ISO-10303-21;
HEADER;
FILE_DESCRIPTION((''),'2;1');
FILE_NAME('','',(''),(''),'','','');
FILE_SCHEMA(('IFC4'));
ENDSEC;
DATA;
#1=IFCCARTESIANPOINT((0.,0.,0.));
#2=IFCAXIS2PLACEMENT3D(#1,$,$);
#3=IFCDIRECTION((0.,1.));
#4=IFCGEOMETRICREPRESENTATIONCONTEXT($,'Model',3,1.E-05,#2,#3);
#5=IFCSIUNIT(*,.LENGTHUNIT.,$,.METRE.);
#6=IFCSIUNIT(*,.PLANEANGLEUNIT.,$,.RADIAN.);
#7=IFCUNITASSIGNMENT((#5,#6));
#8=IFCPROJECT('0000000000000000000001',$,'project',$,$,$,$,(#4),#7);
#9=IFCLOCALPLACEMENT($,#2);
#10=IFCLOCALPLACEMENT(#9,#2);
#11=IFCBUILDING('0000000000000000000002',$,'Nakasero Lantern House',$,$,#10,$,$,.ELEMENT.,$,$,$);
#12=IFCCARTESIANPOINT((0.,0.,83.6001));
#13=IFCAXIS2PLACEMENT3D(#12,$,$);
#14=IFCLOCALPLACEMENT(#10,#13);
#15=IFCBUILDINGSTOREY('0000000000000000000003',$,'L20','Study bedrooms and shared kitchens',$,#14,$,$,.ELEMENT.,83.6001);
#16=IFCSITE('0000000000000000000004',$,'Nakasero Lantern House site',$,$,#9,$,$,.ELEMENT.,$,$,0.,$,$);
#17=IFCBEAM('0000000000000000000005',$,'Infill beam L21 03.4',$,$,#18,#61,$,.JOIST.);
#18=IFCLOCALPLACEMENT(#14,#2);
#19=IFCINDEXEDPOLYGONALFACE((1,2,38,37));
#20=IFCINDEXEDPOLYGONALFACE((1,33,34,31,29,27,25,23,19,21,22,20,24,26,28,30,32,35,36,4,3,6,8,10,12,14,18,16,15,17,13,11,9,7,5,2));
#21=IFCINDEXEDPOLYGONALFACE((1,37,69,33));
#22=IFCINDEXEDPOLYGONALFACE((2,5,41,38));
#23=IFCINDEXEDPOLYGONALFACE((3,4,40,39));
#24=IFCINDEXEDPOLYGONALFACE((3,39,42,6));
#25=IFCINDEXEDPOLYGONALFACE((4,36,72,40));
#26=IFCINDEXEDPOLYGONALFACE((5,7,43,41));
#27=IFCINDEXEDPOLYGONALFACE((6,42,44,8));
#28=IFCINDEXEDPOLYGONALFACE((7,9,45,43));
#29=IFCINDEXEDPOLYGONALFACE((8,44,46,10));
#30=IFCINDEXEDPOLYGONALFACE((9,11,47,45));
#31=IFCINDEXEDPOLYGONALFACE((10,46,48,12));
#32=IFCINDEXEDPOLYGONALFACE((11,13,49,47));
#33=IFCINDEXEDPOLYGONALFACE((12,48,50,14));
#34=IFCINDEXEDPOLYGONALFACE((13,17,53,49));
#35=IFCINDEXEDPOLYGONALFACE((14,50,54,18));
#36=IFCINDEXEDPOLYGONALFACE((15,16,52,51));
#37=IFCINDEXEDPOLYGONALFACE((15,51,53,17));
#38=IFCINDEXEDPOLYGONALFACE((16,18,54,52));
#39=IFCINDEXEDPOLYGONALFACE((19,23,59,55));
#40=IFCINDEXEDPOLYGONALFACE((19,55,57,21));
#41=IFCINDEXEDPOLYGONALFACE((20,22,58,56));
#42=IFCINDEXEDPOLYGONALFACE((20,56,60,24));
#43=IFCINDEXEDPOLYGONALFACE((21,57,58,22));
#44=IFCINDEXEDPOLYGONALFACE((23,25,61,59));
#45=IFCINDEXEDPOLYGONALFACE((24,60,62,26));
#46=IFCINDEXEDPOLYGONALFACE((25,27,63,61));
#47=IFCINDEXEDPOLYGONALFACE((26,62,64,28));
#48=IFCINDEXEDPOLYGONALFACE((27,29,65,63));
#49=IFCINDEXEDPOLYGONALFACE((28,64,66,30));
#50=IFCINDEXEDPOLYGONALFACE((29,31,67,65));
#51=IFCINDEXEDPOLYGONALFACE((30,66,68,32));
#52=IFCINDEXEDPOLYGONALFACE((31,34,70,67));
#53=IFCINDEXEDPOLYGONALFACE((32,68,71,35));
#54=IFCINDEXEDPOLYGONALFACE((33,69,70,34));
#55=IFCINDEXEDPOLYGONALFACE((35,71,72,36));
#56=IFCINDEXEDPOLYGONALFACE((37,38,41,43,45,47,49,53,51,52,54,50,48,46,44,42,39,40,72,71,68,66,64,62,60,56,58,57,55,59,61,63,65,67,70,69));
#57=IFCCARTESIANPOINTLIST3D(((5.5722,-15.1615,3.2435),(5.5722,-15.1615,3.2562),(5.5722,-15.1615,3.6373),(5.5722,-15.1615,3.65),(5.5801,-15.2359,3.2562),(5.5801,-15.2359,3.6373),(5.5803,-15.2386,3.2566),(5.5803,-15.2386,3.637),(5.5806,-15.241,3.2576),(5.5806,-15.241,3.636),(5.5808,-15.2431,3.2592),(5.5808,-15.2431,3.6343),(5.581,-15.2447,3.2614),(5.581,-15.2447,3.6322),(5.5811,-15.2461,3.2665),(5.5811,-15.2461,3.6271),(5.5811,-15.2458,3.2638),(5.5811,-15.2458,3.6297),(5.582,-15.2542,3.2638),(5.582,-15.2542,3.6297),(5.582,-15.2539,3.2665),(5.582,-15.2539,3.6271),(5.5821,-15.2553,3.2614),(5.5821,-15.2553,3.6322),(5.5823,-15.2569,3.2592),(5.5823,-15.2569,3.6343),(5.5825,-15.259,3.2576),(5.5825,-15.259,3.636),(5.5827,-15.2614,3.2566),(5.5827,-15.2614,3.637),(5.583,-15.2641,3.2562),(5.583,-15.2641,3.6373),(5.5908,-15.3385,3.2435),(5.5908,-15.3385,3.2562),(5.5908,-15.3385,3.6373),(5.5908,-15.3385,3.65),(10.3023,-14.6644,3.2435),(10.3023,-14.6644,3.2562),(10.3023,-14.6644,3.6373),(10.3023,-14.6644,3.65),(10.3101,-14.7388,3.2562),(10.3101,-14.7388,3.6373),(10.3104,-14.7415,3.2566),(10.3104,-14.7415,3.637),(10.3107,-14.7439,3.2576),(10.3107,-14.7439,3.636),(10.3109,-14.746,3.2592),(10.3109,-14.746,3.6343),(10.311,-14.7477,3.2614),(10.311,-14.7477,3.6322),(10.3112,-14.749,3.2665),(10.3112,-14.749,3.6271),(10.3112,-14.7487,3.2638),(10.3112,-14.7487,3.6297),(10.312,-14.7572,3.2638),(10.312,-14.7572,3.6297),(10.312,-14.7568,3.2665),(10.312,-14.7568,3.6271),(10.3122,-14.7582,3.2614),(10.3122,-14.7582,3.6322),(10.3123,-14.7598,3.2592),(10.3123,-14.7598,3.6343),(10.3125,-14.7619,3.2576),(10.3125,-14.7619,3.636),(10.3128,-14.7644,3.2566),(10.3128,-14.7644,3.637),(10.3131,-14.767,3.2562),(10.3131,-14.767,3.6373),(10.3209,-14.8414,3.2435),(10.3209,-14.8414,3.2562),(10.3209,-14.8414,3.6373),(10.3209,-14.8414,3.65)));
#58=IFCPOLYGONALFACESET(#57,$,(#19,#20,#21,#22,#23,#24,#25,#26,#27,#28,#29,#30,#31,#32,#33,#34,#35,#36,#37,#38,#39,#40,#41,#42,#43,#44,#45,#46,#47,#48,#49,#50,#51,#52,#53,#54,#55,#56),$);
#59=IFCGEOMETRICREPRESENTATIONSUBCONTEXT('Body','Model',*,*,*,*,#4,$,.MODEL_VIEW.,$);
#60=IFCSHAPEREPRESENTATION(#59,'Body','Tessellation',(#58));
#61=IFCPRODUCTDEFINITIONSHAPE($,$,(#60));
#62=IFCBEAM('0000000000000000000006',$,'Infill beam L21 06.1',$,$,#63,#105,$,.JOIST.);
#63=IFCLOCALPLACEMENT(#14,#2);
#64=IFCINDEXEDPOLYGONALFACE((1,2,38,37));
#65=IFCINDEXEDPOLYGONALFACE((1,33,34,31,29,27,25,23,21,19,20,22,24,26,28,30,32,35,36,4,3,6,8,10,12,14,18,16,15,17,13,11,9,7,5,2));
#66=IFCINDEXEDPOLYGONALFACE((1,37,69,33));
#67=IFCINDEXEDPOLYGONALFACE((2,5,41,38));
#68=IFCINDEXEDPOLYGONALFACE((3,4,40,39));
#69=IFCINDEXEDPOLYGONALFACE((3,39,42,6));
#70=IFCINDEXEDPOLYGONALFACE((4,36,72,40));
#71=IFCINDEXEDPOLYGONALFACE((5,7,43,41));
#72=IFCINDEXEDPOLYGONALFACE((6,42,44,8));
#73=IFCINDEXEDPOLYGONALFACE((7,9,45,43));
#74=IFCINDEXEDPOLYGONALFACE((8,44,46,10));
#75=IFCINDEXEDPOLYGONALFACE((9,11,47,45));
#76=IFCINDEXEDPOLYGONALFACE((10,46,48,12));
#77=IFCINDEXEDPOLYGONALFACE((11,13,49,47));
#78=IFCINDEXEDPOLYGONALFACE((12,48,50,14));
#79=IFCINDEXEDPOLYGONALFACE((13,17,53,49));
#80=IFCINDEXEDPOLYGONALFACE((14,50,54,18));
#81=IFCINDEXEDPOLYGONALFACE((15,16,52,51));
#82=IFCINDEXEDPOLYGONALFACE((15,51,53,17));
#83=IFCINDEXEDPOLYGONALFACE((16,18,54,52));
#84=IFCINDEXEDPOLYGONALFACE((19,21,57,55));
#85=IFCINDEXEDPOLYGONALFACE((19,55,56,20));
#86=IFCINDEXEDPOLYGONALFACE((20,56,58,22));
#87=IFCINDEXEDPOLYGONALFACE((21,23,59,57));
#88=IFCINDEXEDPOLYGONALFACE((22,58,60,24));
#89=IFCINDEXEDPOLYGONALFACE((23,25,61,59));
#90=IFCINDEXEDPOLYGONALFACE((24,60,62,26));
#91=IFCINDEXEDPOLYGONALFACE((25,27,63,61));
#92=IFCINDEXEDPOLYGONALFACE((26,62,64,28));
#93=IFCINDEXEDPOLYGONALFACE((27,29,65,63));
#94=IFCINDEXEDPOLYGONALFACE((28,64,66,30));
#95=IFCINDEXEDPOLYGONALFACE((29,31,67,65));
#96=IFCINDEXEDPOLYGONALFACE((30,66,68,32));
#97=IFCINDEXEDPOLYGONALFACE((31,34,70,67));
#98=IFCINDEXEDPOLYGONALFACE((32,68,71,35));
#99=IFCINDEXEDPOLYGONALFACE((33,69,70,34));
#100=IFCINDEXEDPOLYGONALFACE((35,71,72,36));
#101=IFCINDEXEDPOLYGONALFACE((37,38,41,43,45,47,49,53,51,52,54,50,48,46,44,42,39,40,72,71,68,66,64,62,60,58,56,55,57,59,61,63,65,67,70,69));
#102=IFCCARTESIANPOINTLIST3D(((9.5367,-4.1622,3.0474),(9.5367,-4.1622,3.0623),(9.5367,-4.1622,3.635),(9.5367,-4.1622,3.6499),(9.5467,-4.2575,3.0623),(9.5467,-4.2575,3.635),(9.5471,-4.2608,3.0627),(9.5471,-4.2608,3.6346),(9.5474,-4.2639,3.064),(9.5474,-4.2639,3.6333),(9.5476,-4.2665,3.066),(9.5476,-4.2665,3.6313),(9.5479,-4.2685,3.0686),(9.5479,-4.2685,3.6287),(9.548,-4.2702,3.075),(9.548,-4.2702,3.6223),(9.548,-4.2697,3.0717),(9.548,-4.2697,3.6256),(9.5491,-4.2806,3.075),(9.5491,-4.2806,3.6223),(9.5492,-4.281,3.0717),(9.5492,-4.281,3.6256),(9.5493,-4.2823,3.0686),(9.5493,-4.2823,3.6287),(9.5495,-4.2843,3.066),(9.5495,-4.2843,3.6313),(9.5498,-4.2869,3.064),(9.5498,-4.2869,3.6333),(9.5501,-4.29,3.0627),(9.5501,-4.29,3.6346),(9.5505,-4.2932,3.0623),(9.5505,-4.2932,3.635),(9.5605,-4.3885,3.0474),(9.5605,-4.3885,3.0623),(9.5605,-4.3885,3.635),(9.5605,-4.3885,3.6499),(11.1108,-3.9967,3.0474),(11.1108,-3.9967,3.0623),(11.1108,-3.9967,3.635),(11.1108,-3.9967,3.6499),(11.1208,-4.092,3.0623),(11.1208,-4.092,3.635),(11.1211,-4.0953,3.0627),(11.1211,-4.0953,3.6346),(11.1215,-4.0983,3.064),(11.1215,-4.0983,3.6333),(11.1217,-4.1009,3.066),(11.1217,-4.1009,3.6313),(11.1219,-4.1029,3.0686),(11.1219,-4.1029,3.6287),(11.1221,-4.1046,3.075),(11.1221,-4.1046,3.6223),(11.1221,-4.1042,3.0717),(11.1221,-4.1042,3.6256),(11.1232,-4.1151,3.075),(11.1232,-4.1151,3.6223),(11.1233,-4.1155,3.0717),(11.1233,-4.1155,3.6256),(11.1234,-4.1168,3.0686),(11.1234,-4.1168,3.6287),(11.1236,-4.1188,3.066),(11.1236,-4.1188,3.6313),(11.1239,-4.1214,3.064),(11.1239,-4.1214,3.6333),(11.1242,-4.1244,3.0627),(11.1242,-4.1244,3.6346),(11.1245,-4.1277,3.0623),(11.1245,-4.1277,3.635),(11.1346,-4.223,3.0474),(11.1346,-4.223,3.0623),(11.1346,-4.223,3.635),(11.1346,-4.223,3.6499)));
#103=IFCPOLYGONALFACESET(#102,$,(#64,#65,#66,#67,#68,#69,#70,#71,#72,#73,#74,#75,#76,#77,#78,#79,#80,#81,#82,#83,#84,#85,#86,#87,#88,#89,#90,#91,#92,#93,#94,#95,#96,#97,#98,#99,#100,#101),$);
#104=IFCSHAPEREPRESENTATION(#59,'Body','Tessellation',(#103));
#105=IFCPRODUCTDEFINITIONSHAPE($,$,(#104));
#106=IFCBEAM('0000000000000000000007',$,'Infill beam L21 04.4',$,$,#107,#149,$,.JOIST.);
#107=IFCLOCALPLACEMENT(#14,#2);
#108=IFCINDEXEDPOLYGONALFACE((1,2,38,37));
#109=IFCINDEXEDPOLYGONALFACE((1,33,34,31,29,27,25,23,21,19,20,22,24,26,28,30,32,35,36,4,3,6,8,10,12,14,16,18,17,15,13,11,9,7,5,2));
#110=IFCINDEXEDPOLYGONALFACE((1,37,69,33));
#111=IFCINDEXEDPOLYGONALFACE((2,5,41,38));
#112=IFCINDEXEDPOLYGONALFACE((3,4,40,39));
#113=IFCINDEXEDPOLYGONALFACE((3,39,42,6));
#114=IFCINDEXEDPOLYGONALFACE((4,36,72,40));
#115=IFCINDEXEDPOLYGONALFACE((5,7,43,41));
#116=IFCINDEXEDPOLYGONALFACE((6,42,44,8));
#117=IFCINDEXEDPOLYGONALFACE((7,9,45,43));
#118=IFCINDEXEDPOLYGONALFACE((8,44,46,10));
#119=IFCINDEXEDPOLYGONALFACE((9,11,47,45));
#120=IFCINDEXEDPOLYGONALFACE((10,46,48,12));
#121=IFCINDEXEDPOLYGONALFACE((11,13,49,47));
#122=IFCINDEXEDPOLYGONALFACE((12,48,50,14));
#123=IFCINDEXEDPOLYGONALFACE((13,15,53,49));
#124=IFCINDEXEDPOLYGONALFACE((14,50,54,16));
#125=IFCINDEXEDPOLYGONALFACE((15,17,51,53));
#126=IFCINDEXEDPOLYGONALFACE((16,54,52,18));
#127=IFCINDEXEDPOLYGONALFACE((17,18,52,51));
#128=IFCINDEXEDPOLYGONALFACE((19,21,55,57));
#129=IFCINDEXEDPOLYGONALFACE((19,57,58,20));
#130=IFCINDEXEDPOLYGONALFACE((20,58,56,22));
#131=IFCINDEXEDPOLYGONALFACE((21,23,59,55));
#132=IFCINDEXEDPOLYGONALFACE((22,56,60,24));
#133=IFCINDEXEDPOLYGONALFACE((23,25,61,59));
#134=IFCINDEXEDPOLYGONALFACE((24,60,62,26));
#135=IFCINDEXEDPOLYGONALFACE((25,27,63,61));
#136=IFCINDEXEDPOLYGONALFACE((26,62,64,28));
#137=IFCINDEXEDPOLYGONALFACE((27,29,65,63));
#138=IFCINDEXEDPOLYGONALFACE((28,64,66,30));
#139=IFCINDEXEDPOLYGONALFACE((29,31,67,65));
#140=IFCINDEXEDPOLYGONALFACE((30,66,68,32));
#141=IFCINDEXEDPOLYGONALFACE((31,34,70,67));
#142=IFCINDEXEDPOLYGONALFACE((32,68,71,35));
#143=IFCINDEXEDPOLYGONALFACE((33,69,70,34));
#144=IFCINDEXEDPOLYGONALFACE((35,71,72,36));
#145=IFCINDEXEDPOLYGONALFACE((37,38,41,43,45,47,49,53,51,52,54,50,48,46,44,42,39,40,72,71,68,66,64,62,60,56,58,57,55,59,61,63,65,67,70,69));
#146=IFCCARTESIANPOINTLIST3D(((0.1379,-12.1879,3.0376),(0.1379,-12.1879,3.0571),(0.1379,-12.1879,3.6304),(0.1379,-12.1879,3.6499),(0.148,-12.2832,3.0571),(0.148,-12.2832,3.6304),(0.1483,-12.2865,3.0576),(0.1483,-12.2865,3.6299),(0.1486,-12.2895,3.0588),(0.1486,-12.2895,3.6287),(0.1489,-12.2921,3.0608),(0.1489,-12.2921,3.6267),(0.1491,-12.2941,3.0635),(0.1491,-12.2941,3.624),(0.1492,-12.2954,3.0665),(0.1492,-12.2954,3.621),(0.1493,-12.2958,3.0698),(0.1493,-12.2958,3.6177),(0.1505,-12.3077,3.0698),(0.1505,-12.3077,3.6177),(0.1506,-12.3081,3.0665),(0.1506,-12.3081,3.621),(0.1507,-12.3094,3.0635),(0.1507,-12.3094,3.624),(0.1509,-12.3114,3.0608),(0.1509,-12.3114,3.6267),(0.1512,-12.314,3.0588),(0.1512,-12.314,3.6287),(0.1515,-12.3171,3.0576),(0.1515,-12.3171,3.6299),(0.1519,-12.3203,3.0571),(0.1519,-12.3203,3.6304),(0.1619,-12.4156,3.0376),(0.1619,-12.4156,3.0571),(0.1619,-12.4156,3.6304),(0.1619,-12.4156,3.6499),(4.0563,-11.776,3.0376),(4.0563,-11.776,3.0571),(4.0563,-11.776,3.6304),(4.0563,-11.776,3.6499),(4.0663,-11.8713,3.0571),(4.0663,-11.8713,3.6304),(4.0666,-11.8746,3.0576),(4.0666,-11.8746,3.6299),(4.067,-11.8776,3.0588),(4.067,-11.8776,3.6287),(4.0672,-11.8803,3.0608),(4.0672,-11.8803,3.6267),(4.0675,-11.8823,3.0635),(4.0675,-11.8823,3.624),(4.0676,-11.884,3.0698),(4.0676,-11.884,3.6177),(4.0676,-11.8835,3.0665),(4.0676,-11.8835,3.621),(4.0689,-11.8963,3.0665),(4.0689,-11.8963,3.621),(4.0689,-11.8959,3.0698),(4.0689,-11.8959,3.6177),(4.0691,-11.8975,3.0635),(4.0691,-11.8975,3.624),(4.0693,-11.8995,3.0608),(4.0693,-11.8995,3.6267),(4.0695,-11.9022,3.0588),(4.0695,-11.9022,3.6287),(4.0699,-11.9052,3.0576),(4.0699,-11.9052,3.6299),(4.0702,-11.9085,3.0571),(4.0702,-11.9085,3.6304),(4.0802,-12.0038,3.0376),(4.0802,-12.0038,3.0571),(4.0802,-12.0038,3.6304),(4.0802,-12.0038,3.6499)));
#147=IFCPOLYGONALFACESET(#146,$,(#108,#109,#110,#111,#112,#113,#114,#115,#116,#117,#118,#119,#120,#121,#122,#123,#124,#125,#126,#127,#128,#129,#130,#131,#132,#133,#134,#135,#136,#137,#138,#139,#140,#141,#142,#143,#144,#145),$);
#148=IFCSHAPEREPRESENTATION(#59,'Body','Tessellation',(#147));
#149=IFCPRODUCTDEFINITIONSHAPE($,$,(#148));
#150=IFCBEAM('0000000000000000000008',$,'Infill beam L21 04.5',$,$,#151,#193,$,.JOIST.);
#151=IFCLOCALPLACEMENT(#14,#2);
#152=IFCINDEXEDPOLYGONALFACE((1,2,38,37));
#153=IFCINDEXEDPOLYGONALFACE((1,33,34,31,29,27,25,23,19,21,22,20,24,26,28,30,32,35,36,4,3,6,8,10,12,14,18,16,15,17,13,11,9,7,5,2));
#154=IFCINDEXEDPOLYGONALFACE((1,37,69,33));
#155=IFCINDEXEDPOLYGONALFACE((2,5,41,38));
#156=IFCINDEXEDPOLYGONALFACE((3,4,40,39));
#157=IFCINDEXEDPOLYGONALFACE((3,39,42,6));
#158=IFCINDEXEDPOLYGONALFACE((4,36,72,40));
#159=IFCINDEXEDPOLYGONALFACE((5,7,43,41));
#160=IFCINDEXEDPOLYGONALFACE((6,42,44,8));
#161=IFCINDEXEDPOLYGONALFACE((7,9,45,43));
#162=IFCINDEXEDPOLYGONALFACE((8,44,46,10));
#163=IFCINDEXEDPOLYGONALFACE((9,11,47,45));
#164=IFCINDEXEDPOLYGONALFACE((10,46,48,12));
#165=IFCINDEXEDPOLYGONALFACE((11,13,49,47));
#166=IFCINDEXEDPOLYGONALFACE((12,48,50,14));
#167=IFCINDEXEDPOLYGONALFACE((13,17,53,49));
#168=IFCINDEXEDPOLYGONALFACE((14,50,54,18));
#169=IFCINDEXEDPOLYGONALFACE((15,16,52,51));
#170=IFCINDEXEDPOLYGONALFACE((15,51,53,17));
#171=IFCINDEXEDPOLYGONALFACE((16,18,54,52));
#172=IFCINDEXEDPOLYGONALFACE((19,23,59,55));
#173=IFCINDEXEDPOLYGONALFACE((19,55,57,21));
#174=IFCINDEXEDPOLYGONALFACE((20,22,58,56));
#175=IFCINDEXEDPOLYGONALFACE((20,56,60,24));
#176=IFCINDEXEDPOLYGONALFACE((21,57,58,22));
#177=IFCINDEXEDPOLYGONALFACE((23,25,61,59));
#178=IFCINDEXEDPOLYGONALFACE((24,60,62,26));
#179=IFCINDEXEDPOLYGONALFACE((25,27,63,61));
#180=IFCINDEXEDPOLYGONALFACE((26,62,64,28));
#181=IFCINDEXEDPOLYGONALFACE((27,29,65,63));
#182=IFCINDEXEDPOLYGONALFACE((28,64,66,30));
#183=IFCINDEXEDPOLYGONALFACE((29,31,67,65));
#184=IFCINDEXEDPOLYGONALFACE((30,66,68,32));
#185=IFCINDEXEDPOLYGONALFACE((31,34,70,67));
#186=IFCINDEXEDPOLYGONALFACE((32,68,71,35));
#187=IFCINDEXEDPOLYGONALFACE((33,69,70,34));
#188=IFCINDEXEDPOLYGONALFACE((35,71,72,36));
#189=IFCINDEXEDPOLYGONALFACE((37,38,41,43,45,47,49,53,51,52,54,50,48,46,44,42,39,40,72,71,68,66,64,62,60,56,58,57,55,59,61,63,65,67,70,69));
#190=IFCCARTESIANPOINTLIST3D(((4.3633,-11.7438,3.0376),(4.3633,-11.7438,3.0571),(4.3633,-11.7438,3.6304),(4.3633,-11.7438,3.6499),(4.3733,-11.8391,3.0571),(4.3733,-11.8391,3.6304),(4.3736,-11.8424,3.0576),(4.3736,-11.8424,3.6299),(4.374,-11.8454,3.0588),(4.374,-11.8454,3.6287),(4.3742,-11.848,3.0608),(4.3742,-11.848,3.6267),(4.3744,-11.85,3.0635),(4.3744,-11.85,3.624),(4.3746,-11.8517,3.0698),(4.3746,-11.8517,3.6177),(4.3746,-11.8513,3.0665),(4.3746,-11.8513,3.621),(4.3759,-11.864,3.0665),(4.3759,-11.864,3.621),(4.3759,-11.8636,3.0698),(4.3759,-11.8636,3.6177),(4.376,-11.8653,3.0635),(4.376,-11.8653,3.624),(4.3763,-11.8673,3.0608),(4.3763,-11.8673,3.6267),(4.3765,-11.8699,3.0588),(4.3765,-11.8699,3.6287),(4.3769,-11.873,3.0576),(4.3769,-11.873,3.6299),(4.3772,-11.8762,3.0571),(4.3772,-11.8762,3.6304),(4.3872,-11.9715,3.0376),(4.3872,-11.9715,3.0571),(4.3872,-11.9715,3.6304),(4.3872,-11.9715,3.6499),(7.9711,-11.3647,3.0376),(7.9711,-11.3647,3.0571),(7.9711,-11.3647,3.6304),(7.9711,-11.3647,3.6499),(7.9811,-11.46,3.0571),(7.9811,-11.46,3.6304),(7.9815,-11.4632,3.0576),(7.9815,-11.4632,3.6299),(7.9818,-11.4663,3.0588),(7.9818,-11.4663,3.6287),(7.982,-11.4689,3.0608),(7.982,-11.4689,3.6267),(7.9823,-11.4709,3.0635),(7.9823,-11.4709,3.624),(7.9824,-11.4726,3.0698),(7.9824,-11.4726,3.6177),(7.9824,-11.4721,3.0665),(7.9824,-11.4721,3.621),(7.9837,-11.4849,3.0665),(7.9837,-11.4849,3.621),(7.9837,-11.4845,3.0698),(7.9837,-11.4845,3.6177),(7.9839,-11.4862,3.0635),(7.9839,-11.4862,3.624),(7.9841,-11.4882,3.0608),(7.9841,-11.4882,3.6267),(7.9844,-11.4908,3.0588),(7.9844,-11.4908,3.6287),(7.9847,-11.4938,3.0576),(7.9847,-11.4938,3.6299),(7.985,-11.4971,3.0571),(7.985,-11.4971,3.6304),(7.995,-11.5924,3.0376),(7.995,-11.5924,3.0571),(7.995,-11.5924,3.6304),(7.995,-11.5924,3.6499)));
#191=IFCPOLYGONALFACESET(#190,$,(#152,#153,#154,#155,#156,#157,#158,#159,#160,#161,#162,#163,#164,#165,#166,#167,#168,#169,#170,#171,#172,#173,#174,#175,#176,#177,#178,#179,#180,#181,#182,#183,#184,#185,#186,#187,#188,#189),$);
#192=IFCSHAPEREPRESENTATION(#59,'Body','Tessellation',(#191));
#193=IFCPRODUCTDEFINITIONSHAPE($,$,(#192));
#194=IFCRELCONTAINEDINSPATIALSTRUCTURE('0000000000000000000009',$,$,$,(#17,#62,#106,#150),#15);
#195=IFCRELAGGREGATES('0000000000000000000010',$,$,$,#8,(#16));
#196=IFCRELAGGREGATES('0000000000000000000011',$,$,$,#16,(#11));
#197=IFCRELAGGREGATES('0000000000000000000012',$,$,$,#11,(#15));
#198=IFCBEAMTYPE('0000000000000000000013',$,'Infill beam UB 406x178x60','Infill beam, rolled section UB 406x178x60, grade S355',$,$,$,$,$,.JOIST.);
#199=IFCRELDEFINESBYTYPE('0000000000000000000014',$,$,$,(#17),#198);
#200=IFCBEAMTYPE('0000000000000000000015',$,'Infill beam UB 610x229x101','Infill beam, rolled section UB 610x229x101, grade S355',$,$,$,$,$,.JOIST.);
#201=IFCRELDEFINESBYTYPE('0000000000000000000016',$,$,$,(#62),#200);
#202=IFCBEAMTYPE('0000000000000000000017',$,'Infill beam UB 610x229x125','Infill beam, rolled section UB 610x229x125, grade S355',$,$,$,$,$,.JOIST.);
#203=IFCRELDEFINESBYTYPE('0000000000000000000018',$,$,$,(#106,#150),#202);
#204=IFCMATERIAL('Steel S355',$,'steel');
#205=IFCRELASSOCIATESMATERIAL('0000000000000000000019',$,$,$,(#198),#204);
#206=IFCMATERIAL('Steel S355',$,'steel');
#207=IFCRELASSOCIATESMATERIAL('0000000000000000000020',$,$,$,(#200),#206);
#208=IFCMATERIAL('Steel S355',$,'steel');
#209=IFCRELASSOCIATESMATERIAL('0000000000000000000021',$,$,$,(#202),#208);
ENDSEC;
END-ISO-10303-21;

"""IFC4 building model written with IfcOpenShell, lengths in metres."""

from ifc_helpers import new_model, si_unit, direction, frame, origin, origin_2d, place, context, subcontext, project, spatial, i_section, extrude, material, material_profile, profile_set, type_object, element, save


model = new_model("IFC4")

# Units and contexts
model_context = context("Model", 3, precision=1e-05, world=origin(), true_north=direction((0.0, 1.0)))
body_context = subcontext(model_context, "Body", "Model", "MODEL_VIEW")
ifc_project = project(units=[si_unit("LENGTHUNIT", "METRE"), si_unit("PLANEANGLEUNIT", "RADIAN")], contexts=[model_context])

# Site, building, storey
site_placement = place(None, origin())
site = spatial("IfcSite", under=ifc_project, at=site_placement, Name="Nakasero Lantern House site", CompositionType="ELEMENT", RefElevation=0.0)
building_placement = place(site_placement, origin())
building = spatial("IfcBuilding", under=site, at=building_placement, Name="Nakasero Lantern House", CompositionType="ELEMENT")
storey_placement = place(building_placement, frame((0.0, 0.0, 83.6001)))
storey = spatial("IfcBuildingStorey", under=building, at=storey_placement, Name="L20", Description="Study bedrooms and shared kitchens", CompositionType="ELEMENT", Elevation=83.6001)

# Beams
ifc_material_1 = material(Name="Steel S355", Category="steel")
ifc_material_profile_1 = material_profile(ifc_material_1, i_section(OverallWidth=0.178, OverallDepth=0.4065, WebThickness=0.0078, FlangeThickness=0.0127, FilletRadius=0.0103, at=origin_2d()), Name="UB 406x178x60")
ifc_profile_set_1 = profile_set([ifc_material_profile_1], Name="Steel S355")
beam_type_1 = type_object("IfcBeamType", Name="Infill beam UB 406x178x60", Description="Infill beam, rolled section UB 406x178x60, grade S355", PredefinedType="JOIST", material=ifc_profile_set_1)
beam_1_placement = place(storey_placement, frame((5.5815, -15.25, 3.4468), z_axis=(0.994523, 0.104514, 0.0), x_axis=(-0.104514, 0.994523, 0.0)))
element("IfcBeam", 1, at=beam_1_placement, inside=storey, type_object=beam_type_1, Name="Infill beam L21 03.4", PredefinedType="JOIST", context=body_context, shape_type="SweptSolid", body=[
    extrude(i_section(OverallWidth=0.178, OverallDepth=0.4065, WebThickness=0.0078, FlangeThickness=0.0127, FilletRadius=0.0103, at=origin_2d()), origin(), (0.0, 0.0, 1.0), 4.7561),
])
ifc_material_2 = material(Name="Steel S355", Category="steel")
ifc_material_profile_2 = material_profile(ifc_material_2, i_section(OverallWidth=0.2275, OverallDepth=0.6025, WebThickness=0.0105, FlangeThickness=0.0149, FilletRadius=0.0127, at=origin_2d()), Name="UB 610x229x101")
ifc_profile_set_2 = profile_set([ifc_material_profile_2], Name="Steel S355")
beam_type_2 = type_object("IfcBeamType", Name="Infill beam UB 610x229x101", Description="Infill beam, rolled section UB 610x229x101, grade S355", PredefinedType="JOIST", material=ifc_profile_set_2)
beam_2_placement = place(storey_placement, frame((9.5486, -4.2754, 3.3486), z_axis=(0.994516, 0.104588, 0.0), x_axis=(-0.104588, 0.994516, 0.0)))
element("IfcBeam", 2, at=beam_2_placement, inside=storey, type_object=beam_type_2, Name="Infill beam L21 06.1", PredefinedType="JOIST", context=body_context, shape_type="SweptSolid", body=[
    extrude(i_section(OverallWidth=0.2275, OverallDepth=0.6025, WebThickness=0.0105, FlangeThickness=0.0149, FilletRadius=0.0127, at=origin_2d()), origin(), (0.0, 0.0, 1.0), 1.5828),
])
ifc_material_3 = material(Name="Steel S355", Category="steel")
ifc_material_profile_3 = material_profile(ifc_material_3, i_section(OverallWidth=0.229, OverallDepth=0.6123, WebThickness=0.012, FlangeThickness=0.0195, FilletRadius=0.0127, at=origin_2d()), Name="UB 610x229x125")
ifc_profile_set_3 = profile_set([ifc_material_profile_3], Name="Steel S355")
beam_type_3 = type_object("IfcBeamType", Name="Infill beam UB 610x229x125", Description="Infill beam, rolled section UB 610x229x125, grade S355", PredefinedType="JOIST", material=ifc_profile_set_3)
beam_3_placement = place(storey_placement, frame((0.1499, -12.3018, 3.3438), z_axis=(0.994521, 0.104533, 0.0), x_axis=(-0.104533, 0.994521, 0.0)))
element("IfcBeam", 3, at=beam_3_placement, inside=storey, type_object=beam_type_3, Name="Infill beam L21 04.4", PredefinedType="JOIST", context=body_context, shape_type="SweptSolid", body=[
    extrude(i_section(OverallWidth=0.229, OverallDepth=0.6123, WebThickness=0.012, FlangeThickness=0.0195, FilletRadius=0.0127, at=origin_2d()), origin(), (0.0, 0.0, 1.0), 3.9399),
])
beam_4_placement = place(storey_placement, frame((4.3752, -11.8577, 3.3438), z_axis=(0.994524, 0.104513, 0.0), x_axis=(-0.104513, 0.994524, 0.0)))
element("IfcBeam", 4, at=beam_4_placement, inside=storey, type_object=beam_type_3, Name="Infill beam L21 04.5", PredefinedType="JOIST", context=body_context, shape_type="SweptSolid", body=[
    extrude(i_section(OverallWidth=0.229, OverallDepth=0.6123, WebThickness=0.012, FlangeThickness=0.0195, FilletRadius=0.0127, at=origin_2d()), origin(), (0.0, 0.0, 1.0), 3.6277),
])

save(model, "model.ifc")
